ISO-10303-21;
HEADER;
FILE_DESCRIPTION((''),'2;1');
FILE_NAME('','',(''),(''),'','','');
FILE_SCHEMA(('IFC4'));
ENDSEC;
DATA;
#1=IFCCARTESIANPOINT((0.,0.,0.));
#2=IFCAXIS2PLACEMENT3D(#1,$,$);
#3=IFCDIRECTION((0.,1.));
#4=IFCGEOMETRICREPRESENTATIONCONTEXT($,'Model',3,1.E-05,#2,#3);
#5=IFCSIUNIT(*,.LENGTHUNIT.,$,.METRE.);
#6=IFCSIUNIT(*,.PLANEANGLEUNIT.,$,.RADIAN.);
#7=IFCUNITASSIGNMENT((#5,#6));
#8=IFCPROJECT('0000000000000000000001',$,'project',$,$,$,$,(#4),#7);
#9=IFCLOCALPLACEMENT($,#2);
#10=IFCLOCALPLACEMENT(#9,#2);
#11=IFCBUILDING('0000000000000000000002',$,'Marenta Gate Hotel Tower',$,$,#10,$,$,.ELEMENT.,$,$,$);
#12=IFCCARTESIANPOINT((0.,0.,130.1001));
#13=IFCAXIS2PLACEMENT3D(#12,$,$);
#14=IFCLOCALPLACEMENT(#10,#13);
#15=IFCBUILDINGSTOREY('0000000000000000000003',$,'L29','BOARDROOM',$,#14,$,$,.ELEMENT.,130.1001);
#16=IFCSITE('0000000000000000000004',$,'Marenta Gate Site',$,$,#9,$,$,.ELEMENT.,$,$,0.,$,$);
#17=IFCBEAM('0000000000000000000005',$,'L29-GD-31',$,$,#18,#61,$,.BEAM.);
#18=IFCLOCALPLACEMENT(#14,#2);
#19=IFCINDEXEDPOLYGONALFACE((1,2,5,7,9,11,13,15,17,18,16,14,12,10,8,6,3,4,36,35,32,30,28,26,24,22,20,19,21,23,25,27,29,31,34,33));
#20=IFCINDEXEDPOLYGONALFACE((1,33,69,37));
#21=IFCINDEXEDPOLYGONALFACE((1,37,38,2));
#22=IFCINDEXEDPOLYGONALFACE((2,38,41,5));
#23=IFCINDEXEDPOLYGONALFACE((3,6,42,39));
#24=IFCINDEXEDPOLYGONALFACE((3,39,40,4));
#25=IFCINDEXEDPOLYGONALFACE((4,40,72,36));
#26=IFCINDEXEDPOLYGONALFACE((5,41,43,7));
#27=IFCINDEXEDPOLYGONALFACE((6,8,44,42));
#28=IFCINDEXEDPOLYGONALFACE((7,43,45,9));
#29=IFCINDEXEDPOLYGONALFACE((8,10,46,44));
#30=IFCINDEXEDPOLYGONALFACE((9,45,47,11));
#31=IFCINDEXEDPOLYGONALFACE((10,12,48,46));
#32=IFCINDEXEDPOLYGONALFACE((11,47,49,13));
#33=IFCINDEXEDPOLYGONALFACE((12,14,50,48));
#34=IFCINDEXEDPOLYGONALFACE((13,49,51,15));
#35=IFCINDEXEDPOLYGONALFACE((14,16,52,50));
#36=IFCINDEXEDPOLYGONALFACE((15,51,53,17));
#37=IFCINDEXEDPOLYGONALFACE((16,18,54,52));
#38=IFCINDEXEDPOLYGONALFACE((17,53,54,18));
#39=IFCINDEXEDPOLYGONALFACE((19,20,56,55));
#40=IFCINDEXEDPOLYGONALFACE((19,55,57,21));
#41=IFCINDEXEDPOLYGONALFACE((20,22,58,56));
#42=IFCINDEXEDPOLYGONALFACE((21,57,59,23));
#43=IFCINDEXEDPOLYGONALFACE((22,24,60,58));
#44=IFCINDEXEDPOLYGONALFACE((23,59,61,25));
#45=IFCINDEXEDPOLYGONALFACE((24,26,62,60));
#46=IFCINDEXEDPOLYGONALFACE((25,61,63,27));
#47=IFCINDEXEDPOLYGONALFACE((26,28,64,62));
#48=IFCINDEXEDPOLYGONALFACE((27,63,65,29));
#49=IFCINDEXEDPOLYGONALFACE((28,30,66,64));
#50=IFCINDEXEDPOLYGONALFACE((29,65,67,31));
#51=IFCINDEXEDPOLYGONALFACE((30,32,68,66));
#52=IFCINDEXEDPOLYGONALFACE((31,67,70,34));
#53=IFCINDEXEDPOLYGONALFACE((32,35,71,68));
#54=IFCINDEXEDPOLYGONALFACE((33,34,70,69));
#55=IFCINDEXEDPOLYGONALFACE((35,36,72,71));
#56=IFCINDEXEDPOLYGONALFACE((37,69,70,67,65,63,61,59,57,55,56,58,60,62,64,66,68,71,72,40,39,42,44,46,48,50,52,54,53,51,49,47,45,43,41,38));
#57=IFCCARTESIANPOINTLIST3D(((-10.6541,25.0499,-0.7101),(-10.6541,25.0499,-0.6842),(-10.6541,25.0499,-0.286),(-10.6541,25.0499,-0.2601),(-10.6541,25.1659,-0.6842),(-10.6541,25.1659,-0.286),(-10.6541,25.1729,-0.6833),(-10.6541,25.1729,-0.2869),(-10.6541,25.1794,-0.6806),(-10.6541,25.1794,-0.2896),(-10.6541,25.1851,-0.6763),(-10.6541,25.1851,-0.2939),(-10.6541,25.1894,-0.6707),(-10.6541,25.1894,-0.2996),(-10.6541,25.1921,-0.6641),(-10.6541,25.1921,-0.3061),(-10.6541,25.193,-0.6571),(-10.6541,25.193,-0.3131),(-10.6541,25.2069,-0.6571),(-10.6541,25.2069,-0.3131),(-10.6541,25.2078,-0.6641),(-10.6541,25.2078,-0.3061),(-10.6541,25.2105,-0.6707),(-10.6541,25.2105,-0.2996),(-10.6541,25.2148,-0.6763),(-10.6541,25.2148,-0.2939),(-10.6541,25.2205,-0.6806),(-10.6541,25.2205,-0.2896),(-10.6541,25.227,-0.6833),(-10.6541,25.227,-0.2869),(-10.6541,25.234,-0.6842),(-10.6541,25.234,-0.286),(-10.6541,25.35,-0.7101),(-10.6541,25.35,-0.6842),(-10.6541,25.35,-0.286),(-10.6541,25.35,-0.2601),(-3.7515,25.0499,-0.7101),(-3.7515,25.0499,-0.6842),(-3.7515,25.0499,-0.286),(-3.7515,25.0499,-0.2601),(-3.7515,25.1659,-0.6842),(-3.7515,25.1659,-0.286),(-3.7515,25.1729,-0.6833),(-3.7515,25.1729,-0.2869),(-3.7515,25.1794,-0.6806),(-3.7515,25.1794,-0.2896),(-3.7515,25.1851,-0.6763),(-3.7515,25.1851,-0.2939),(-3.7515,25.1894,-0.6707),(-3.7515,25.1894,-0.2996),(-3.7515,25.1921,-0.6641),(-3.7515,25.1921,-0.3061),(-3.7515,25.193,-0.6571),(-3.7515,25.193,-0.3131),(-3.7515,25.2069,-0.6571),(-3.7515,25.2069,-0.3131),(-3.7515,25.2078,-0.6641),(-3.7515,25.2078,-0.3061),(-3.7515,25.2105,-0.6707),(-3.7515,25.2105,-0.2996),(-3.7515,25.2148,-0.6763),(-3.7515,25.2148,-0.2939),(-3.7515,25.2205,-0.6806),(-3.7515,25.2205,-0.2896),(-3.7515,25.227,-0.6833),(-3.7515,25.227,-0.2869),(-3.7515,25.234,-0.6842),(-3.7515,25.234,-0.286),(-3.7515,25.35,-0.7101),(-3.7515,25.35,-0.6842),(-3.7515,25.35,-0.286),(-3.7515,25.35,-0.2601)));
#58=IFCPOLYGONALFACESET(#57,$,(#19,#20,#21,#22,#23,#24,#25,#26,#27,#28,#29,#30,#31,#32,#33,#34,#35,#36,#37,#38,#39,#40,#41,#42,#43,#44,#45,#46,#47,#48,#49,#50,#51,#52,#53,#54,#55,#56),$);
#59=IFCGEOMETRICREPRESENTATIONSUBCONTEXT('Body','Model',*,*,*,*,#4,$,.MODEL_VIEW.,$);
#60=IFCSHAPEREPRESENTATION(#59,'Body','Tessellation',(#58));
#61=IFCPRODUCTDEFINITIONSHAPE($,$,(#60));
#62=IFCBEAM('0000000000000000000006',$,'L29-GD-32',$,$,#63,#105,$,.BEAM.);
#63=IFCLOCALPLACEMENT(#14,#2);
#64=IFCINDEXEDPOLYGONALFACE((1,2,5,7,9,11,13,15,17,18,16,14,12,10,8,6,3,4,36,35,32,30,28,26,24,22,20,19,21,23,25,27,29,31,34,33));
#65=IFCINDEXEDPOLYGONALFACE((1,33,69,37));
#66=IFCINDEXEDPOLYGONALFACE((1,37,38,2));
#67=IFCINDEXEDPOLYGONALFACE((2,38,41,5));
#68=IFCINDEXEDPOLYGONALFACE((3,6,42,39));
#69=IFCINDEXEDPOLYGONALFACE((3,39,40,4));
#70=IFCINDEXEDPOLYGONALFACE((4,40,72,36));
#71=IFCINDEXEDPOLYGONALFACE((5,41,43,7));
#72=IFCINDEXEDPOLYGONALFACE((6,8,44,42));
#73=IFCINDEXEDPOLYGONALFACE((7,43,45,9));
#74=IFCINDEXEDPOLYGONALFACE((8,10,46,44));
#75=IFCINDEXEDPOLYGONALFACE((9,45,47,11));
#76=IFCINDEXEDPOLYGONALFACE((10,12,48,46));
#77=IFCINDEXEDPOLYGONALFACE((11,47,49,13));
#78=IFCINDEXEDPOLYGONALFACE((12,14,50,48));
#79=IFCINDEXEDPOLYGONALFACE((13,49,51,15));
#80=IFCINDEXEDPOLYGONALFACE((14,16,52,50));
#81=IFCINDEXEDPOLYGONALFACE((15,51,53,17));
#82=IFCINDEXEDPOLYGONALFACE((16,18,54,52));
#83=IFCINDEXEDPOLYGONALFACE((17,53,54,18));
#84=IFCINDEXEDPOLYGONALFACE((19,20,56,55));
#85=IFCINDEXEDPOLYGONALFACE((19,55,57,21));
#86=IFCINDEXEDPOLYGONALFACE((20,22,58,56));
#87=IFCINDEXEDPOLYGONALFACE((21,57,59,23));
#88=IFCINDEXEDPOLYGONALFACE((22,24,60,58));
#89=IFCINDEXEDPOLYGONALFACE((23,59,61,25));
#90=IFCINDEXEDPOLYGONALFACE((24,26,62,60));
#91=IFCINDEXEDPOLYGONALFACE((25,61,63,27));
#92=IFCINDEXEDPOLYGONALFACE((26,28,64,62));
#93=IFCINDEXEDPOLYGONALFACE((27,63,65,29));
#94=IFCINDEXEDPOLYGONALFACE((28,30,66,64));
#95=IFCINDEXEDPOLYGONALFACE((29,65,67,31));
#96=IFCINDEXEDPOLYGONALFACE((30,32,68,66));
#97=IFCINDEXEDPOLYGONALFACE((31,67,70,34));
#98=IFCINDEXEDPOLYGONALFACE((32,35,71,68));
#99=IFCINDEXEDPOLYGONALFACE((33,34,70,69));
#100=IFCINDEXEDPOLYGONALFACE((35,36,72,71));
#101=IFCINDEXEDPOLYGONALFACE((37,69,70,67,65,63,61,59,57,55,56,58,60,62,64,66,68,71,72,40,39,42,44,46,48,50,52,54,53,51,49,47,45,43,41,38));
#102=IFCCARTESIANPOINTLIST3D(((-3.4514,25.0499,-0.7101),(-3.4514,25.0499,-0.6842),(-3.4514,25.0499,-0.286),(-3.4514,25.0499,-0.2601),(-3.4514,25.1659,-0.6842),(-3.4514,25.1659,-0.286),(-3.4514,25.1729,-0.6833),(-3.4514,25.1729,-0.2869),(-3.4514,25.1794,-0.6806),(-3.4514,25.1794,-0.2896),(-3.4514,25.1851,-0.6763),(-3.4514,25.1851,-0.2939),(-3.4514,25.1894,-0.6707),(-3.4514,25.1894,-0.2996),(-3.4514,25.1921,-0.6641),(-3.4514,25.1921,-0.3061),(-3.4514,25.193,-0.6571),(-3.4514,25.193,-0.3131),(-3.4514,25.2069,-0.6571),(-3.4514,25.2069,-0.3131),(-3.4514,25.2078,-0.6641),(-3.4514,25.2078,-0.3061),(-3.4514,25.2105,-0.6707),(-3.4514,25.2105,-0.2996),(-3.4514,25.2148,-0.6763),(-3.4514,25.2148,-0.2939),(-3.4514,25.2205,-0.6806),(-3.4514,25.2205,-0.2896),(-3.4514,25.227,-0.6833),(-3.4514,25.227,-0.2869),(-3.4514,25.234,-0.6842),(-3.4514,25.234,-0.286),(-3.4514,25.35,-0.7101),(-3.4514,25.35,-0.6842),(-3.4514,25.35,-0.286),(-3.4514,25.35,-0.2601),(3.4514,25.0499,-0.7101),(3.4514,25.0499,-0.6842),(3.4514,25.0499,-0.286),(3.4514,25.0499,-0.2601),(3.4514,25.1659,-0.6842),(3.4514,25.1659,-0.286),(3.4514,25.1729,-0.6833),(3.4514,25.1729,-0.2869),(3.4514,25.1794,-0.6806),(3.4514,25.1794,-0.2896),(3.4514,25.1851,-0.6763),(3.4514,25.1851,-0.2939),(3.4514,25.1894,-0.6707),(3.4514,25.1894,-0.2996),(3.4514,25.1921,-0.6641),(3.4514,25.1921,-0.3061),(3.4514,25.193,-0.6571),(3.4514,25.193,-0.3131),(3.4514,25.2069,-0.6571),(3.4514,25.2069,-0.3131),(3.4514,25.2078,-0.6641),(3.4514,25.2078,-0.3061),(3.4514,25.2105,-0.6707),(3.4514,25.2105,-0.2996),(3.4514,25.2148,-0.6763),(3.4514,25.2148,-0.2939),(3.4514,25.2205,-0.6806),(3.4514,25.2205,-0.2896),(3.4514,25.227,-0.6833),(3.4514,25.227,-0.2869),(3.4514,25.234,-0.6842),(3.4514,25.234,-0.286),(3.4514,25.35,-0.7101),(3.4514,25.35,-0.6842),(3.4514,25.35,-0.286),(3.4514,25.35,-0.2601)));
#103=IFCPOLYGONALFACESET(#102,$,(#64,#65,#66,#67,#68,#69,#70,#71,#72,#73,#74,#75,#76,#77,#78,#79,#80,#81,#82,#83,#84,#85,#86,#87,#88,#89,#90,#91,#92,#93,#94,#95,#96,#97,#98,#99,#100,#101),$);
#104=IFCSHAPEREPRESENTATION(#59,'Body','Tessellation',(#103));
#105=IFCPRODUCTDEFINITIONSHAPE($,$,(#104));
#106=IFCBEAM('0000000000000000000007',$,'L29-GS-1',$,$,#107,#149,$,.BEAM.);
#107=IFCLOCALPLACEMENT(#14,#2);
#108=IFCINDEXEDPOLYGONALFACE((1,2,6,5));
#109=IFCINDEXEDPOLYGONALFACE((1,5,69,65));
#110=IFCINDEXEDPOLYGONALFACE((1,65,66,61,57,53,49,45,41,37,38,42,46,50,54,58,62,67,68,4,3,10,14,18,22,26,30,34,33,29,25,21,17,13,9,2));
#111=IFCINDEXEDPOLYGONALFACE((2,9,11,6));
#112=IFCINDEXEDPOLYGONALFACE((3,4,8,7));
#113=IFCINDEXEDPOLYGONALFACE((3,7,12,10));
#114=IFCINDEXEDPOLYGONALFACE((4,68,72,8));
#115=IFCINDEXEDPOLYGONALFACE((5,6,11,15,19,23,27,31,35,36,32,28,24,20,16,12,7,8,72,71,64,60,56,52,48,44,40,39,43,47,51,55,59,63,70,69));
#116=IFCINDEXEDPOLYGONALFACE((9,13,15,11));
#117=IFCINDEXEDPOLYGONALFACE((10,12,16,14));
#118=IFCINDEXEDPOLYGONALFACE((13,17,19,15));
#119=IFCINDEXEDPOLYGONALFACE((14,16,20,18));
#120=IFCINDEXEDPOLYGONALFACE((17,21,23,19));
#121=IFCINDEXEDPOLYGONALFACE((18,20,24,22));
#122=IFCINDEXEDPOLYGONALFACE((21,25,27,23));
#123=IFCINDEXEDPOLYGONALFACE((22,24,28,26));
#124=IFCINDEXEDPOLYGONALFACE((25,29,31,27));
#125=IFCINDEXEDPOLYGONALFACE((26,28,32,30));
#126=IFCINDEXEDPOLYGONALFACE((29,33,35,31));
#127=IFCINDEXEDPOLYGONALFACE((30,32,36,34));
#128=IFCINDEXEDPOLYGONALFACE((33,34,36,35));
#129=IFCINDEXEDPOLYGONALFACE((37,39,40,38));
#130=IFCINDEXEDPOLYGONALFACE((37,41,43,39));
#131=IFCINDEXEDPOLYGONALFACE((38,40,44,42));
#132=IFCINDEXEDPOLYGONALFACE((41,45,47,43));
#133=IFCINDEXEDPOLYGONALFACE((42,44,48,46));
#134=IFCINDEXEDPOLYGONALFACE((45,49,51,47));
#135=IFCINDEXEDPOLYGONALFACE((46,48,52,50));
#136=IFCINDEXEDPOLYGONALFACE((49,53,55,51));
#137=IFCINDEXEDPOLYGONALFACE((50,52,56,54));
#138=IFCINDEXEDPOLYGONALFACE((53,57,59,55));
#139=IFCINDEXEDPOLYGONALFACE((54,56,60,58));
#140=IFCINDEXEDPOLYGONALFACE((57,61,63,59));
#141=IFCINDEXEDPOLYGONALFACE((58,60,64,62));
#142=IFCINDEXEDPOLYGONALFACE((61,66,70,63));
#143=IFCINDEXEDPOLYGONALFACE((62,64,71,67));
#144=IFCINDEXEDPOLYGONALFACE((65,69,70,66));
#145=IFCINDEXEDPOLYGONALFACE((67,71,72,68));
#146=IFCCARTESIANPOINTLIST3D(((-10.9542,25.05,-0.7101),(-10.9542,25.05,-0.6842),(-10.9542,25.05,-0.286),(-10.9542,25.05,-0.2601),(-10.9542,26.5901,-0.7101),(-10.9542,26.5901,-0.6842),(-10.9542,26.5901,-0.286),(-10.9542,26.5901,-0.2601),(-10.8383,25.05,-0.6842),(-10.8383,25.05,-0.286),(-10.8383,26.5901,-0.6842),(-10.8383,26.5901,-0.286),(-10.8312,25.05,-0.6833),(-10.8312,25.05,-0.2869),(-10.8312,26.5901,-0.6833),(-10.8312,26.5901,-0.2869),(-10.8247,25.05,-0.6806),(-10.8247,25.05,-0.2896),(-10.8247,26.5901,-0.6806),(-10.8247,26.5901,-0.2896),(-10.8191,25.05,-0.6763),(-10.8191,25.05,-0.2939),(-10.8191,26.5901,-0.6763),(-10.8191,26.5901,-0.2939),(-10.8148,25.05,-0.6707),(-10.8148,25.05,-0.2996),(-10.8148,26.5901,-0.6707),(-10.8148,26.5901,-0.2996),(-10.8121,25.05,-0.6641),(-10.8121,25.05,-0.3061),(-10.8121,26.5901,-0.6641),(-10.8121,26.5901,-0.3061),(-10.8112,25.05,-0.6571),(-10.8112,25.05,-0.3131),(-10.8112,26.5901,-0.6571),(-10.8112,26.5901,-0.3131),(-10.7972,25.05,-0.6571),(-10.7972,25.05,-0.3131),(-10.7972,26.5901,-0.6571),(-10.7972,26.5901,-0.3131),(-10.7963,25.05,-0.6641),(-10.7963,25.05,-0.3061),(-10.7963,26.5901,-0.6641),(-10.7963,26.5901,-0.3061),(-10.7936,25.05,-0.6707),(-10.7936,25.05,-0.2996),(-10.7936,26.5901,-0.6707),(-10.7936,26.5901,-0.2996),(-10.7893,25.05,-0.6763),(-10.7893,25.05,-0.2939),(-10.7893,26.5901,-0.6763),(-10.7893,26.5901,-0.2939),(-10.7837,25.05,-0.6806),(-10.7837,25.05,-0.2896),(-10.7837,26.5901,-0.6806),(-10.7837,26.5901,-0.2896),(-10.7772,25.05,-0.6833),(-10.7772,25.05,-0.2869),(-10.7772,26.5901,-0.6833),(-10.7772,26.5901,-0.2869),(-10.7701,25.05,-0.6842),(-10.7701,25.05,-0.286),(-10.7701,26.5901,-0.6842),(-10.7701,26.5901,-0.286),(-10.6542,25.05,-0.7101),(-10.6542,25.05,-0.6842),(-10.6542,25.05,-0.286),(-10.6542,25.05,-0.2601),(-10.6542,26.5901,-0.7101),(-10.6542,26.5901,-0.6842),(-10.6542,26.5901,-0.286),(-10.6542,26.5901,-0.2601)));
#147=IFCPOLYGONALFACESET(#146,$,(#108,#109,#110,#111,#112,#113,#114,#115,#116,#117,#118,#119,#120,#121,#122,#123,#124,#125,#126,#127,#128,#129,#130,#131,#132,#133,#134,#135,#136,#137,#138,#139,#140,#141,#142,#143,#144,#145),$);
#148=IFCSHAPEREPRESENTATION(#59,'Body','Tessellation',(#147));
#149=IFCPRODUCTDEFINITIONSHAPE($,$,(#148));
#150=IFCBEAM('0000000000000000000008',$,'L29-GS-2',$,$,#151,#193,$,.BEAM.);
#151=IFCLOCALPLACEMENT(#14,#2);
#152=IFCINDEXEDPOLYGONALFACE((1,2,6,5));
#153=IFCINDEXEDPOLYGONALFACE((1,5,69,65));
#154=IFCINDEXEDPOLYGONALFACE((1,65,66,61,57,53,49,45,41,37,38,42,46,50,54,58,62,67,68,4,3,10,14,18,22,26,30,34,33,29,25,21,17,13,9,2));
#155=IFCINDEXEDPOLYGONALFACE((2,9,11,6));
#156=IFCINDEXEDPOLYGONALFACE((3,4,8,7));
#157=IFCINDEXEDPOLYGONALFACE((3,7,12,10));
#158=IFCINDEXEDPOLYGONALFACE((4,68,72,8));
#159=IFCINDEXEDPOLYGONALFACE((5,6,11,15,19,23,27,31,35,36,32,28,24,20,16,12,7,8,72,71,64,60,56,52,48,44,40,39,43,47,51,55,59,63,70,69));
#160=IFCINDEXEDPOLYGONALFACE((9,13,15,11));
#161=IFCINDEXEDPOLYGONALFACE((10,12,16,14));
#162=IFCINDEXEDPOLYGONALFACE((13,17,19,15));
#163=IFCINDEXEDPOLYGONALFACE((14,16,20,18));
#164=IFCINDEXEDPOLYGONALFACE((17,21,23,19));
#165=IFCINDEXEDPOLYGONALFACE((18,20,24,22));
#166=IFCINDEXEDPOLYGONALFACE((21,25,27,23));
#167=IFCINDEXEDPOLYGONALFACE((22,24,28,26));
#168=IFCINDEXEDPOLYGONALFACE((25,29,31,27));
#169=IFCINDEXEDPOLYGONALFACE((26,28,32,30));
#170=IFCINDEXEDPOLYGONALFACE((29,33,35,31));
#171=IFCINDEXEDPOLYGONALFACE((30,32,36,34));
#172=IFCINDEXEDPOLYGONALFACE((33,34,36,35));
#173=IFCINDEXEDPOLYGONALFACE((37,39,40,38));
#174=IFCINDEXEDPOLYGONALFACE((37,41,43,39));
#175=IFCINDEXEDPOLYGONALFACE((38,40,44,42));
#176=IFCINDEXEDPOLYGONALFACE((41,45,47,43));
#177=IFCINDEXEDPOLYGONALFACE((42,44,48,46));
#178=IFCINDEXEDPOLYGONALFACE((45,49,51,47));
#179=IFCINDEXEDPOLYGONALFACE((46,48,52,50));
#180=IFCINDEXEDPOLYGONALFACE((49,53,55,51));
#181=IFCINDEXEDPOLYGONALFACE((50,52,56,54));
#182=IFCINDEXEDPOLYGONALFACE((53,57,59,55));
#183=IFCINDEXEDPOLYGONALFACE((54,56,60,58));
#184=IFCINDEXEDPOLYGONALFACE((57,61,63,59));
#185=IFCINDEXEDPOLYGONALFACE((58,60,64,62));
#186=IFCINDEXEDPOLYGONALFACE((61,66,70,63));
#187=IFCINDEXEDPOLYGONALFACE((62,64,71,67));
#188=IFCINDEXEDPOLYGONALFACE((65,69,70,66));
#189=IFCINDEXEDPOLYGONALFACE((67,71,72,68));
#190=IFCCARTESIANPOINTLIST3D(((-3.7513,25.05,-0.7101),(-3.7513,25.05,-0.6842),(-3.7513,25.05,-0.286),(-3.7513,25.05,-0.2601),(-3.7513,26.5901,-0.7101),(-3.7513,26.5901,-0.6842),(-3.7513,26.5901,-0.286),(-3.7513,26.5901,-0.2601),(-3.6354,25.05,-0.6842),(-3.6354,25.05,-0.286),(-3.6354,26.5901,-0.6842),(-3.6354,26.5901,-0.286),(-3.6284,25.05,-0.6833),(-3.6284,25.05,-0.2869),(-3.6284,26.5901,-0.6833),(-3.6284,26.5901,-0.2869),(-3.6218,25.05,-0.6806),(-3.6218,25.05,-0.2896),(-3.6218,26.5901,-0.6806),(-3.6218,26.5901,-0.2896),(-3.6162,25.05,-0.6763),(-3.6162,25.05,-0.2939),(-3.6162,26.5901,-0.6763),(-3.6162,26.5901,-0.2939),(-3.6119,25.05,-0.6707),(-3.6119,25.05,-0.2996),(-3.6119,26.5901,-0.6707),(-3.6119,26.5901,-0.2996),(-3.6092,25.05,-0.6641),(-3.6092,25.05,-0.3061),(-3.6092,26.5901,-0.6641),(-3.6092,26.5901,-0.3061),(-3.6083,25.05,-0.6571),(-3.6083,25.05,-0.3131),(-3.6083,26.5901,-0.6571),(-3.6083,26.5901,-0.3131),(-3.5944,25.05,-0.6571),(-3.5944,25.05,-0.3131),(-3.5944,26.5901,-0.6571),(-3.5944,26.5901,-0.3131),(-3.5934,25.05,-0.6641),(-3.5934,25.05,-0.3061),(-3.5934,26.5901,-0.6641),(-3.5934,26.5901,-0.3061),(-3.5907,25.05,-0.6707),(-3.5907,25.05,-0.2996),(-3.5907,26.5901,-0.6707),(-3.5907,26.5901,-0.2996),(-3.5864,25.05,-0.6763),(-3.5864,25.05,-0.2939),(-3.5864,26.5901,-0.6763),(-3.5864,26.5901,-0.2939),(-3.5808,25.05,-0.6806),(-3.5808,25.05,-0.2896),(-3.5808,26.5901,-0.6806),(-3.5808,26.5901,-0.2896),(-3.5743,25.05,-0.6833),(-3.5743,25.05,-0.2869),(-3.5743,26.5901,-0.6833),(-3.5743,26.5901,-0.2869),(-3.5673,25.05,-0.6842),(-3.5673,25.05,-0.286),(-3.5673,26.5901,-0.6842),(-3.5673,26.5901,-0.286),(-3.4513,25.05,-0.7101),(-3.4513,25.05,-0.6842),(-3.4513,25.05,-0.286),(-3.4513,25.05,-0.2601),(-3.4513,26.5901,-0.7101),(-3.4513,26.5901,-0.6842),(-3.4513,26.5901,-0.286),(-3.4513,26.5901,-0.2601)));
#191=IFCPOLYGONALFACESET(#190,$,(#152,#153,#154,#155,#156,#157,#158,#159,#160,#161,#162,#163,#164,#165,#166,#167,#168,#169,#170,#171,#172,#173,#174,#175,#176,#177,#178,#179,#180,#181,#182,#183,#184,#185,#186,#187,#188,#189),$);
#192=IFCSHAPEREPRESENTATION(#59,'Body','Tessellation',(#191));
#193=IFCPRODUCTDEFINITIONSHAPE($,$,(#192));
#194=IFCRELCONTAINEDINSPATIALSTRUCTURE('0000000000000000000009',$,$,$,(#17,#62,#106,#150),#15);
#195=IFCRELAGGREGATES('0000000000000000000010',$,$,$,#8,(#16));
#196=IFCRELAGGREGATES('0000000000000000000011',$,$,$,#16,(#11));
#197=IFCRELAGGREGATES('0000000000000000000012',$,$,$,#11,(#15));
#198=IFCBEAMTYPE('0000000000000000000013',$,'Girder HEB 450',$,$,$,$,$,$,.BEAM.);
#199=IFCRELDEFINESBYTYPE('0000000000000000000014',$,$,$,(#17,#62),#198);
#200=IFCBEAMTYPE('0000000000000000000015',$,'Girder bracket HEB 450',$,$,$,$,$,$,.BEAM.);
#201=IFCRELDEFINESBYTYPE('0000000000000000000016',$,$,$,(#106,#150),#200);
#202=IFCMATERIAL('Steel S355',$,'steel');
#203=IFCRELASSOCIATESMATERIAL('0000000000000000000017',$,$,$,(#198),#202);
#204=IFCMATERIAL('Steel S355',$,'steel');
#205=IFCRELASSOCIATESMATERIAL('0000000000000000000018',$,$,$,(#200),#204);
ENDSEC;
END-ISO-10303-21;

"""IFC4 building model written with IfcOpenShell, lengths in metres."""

from ifc_helpers import new_model, si_unit, direction, frame, origin, origin_2d, place, context, subcontext, project, spatial, i_section, extrude, material, material_profile, profile_set, type_object, element, save


model = new_model("IFC4")

# Units and contexts
model_context = context("Model", 3, precision=1e-05, world=origin(), true_north=direction((0.0, 1.0)))
body_context = subcontext(model_context, "Body", "Model", "MODEL_VIEW")
ifc_project = project(units=[si_unit("LENGTHUNIT", "METRE"), si_unit("PLANEANGLEUNIT", "RADIAN")], contexts=[model_context])

# Site, building, storey
site_placement = place(None, origin())
site = spatial("IfcSite", under=ifc_project, at=site_placement, Name="Marenta Gate Site", CompositionType="ELEMENT", RefElevation=0.0)
building_placement = place(site_placement, origin())
building = spatial("IfcBuilding", under=site, at=building_placement, Name="Marenta Gate Hotel Tower", CompositionType="ELEMENT")
storey_placement = place(building_placement, frame((0.0, 0.0, 130.1001)))
storey = spatial("IfcBuildingStorey", under=building, at=storey_placement, Name="L29", Description="BOARDROOM", CompositionType="ELEMENT", Elevation=130.1001)

# Beams
ifc_material_1 = material(Name="Steel S355", Category="steel")
ifc_material_profile_1 = material_profile(ifc_material_1, i_section(OverallWidth=0.3, OverallDepth=0.45, WebThickness=0.0139, FlangeThickness=0.0259, FilletRadius=0.0271, at=origin_2d()), Name="HEB 450")
ifc_profile_set_1 = profile_set([ifc_material_profile_1], Name="Steel S355")
beam_type_1 = type_object("IfcBeamType", Name="Girder HEB 450", PredefinedType="BEAM", material=ifc_profile_set_1)
beam_1_placement = place(storey_placement, frame((-10.6541, 25.2, -0.4851), z_axis=(1.0, 0.0, 0.0), x_axis=(0.0, 1.0, 0.0)))
element("IfcBeam", 1, at=beam_1_placement, inside=storey, type_object=beam_type_1, Name="L29-GD-31", PredefinedType="BEAM", context=body_context, shape_type="SweptSolid", body=[
    extrude(i_section(OverallWidth=0.3, OverallDepth=0.45, WebThickness=0.0139, FlangeThickness=0.0259, FilletRadius=0.0271, at=origin_2d()), origin(), (0.0, 0.0, 1.0), 6.9026),
])
beam_2_placement = place(storey_placement, frame((-3.4514, 25.2, -0.4851), z_axis=(1.0, 0.0, 0.0), x_axis=(0.0, 1.0, 0.0)))
element("IfcBeam", 2, at=beam_2_placement, inside=storey, type_object=beam_type_1, Name="L29-GD-32", PredefinedType="BEAM", context=body_context, shape_type="SweptSolid", body=[
    extrude(i_section(OverallWidth=0.3, OverallDepth=0.45, WebThickness=0.0139, FlangeThickness=0.0259, FilletRadius=0.0271, at=origin_2d()), origin(), (0.0, 0.0, 1.0), 6.9028),
])
ifc_material_2 = material(Name="Steel S355", Category="steel")
ifc_material_profile_2 = material_profile(ifc_material_2, i_section(OverallWidth=0.3, OverallDepth=0.45, WebThickness=0.0139, FlangeThickness=0.0259, FilletRadius=0.0271, at=origin_2d()), Name="HEB 450")
ifc_profile_set_2 = profile_set([ifc_material_profile_2], Name="Steel S355")
beam_type_2 = type_object("IfcBeamType", Name="Girder bracket HEB 450", PredefinedType="BEAM", material=ifc_profile_set_2)
for number, where, z_axis, x_axis, name in (
    (3, (-10.8042, 25.05, -0.4851), (0.0, 1.0, 0.0), (-1.0, 0.0, 0.0), "L29-GS-1"),
    (4, (-3.6013, 25.05, -0.4851), (0.0, 1.0, 0.0), (-1.0, 0.0, 0.0), "L29-GS-2"),
):
    element("IfcBeam", number, at=place(storey_placement, frame(where, z_axis=z_axis, x_axis=x_axis)), inside=storey, type_object=beam_type_2, Name=name, PredefinedType="BEAM", context=body_context, shape_type="SweptSolid", body=[
        extrude(i_section(OverallWidth=0.3, OverallDepth=0.45, WebThickness=0.0139, FlangeThickness=0.0259, FilletRadius=0.0271, at=origin_2d()), origin(), (0.0, 0.0, 1.0), 1.54),
    ])

save(model, "model.ifc")
